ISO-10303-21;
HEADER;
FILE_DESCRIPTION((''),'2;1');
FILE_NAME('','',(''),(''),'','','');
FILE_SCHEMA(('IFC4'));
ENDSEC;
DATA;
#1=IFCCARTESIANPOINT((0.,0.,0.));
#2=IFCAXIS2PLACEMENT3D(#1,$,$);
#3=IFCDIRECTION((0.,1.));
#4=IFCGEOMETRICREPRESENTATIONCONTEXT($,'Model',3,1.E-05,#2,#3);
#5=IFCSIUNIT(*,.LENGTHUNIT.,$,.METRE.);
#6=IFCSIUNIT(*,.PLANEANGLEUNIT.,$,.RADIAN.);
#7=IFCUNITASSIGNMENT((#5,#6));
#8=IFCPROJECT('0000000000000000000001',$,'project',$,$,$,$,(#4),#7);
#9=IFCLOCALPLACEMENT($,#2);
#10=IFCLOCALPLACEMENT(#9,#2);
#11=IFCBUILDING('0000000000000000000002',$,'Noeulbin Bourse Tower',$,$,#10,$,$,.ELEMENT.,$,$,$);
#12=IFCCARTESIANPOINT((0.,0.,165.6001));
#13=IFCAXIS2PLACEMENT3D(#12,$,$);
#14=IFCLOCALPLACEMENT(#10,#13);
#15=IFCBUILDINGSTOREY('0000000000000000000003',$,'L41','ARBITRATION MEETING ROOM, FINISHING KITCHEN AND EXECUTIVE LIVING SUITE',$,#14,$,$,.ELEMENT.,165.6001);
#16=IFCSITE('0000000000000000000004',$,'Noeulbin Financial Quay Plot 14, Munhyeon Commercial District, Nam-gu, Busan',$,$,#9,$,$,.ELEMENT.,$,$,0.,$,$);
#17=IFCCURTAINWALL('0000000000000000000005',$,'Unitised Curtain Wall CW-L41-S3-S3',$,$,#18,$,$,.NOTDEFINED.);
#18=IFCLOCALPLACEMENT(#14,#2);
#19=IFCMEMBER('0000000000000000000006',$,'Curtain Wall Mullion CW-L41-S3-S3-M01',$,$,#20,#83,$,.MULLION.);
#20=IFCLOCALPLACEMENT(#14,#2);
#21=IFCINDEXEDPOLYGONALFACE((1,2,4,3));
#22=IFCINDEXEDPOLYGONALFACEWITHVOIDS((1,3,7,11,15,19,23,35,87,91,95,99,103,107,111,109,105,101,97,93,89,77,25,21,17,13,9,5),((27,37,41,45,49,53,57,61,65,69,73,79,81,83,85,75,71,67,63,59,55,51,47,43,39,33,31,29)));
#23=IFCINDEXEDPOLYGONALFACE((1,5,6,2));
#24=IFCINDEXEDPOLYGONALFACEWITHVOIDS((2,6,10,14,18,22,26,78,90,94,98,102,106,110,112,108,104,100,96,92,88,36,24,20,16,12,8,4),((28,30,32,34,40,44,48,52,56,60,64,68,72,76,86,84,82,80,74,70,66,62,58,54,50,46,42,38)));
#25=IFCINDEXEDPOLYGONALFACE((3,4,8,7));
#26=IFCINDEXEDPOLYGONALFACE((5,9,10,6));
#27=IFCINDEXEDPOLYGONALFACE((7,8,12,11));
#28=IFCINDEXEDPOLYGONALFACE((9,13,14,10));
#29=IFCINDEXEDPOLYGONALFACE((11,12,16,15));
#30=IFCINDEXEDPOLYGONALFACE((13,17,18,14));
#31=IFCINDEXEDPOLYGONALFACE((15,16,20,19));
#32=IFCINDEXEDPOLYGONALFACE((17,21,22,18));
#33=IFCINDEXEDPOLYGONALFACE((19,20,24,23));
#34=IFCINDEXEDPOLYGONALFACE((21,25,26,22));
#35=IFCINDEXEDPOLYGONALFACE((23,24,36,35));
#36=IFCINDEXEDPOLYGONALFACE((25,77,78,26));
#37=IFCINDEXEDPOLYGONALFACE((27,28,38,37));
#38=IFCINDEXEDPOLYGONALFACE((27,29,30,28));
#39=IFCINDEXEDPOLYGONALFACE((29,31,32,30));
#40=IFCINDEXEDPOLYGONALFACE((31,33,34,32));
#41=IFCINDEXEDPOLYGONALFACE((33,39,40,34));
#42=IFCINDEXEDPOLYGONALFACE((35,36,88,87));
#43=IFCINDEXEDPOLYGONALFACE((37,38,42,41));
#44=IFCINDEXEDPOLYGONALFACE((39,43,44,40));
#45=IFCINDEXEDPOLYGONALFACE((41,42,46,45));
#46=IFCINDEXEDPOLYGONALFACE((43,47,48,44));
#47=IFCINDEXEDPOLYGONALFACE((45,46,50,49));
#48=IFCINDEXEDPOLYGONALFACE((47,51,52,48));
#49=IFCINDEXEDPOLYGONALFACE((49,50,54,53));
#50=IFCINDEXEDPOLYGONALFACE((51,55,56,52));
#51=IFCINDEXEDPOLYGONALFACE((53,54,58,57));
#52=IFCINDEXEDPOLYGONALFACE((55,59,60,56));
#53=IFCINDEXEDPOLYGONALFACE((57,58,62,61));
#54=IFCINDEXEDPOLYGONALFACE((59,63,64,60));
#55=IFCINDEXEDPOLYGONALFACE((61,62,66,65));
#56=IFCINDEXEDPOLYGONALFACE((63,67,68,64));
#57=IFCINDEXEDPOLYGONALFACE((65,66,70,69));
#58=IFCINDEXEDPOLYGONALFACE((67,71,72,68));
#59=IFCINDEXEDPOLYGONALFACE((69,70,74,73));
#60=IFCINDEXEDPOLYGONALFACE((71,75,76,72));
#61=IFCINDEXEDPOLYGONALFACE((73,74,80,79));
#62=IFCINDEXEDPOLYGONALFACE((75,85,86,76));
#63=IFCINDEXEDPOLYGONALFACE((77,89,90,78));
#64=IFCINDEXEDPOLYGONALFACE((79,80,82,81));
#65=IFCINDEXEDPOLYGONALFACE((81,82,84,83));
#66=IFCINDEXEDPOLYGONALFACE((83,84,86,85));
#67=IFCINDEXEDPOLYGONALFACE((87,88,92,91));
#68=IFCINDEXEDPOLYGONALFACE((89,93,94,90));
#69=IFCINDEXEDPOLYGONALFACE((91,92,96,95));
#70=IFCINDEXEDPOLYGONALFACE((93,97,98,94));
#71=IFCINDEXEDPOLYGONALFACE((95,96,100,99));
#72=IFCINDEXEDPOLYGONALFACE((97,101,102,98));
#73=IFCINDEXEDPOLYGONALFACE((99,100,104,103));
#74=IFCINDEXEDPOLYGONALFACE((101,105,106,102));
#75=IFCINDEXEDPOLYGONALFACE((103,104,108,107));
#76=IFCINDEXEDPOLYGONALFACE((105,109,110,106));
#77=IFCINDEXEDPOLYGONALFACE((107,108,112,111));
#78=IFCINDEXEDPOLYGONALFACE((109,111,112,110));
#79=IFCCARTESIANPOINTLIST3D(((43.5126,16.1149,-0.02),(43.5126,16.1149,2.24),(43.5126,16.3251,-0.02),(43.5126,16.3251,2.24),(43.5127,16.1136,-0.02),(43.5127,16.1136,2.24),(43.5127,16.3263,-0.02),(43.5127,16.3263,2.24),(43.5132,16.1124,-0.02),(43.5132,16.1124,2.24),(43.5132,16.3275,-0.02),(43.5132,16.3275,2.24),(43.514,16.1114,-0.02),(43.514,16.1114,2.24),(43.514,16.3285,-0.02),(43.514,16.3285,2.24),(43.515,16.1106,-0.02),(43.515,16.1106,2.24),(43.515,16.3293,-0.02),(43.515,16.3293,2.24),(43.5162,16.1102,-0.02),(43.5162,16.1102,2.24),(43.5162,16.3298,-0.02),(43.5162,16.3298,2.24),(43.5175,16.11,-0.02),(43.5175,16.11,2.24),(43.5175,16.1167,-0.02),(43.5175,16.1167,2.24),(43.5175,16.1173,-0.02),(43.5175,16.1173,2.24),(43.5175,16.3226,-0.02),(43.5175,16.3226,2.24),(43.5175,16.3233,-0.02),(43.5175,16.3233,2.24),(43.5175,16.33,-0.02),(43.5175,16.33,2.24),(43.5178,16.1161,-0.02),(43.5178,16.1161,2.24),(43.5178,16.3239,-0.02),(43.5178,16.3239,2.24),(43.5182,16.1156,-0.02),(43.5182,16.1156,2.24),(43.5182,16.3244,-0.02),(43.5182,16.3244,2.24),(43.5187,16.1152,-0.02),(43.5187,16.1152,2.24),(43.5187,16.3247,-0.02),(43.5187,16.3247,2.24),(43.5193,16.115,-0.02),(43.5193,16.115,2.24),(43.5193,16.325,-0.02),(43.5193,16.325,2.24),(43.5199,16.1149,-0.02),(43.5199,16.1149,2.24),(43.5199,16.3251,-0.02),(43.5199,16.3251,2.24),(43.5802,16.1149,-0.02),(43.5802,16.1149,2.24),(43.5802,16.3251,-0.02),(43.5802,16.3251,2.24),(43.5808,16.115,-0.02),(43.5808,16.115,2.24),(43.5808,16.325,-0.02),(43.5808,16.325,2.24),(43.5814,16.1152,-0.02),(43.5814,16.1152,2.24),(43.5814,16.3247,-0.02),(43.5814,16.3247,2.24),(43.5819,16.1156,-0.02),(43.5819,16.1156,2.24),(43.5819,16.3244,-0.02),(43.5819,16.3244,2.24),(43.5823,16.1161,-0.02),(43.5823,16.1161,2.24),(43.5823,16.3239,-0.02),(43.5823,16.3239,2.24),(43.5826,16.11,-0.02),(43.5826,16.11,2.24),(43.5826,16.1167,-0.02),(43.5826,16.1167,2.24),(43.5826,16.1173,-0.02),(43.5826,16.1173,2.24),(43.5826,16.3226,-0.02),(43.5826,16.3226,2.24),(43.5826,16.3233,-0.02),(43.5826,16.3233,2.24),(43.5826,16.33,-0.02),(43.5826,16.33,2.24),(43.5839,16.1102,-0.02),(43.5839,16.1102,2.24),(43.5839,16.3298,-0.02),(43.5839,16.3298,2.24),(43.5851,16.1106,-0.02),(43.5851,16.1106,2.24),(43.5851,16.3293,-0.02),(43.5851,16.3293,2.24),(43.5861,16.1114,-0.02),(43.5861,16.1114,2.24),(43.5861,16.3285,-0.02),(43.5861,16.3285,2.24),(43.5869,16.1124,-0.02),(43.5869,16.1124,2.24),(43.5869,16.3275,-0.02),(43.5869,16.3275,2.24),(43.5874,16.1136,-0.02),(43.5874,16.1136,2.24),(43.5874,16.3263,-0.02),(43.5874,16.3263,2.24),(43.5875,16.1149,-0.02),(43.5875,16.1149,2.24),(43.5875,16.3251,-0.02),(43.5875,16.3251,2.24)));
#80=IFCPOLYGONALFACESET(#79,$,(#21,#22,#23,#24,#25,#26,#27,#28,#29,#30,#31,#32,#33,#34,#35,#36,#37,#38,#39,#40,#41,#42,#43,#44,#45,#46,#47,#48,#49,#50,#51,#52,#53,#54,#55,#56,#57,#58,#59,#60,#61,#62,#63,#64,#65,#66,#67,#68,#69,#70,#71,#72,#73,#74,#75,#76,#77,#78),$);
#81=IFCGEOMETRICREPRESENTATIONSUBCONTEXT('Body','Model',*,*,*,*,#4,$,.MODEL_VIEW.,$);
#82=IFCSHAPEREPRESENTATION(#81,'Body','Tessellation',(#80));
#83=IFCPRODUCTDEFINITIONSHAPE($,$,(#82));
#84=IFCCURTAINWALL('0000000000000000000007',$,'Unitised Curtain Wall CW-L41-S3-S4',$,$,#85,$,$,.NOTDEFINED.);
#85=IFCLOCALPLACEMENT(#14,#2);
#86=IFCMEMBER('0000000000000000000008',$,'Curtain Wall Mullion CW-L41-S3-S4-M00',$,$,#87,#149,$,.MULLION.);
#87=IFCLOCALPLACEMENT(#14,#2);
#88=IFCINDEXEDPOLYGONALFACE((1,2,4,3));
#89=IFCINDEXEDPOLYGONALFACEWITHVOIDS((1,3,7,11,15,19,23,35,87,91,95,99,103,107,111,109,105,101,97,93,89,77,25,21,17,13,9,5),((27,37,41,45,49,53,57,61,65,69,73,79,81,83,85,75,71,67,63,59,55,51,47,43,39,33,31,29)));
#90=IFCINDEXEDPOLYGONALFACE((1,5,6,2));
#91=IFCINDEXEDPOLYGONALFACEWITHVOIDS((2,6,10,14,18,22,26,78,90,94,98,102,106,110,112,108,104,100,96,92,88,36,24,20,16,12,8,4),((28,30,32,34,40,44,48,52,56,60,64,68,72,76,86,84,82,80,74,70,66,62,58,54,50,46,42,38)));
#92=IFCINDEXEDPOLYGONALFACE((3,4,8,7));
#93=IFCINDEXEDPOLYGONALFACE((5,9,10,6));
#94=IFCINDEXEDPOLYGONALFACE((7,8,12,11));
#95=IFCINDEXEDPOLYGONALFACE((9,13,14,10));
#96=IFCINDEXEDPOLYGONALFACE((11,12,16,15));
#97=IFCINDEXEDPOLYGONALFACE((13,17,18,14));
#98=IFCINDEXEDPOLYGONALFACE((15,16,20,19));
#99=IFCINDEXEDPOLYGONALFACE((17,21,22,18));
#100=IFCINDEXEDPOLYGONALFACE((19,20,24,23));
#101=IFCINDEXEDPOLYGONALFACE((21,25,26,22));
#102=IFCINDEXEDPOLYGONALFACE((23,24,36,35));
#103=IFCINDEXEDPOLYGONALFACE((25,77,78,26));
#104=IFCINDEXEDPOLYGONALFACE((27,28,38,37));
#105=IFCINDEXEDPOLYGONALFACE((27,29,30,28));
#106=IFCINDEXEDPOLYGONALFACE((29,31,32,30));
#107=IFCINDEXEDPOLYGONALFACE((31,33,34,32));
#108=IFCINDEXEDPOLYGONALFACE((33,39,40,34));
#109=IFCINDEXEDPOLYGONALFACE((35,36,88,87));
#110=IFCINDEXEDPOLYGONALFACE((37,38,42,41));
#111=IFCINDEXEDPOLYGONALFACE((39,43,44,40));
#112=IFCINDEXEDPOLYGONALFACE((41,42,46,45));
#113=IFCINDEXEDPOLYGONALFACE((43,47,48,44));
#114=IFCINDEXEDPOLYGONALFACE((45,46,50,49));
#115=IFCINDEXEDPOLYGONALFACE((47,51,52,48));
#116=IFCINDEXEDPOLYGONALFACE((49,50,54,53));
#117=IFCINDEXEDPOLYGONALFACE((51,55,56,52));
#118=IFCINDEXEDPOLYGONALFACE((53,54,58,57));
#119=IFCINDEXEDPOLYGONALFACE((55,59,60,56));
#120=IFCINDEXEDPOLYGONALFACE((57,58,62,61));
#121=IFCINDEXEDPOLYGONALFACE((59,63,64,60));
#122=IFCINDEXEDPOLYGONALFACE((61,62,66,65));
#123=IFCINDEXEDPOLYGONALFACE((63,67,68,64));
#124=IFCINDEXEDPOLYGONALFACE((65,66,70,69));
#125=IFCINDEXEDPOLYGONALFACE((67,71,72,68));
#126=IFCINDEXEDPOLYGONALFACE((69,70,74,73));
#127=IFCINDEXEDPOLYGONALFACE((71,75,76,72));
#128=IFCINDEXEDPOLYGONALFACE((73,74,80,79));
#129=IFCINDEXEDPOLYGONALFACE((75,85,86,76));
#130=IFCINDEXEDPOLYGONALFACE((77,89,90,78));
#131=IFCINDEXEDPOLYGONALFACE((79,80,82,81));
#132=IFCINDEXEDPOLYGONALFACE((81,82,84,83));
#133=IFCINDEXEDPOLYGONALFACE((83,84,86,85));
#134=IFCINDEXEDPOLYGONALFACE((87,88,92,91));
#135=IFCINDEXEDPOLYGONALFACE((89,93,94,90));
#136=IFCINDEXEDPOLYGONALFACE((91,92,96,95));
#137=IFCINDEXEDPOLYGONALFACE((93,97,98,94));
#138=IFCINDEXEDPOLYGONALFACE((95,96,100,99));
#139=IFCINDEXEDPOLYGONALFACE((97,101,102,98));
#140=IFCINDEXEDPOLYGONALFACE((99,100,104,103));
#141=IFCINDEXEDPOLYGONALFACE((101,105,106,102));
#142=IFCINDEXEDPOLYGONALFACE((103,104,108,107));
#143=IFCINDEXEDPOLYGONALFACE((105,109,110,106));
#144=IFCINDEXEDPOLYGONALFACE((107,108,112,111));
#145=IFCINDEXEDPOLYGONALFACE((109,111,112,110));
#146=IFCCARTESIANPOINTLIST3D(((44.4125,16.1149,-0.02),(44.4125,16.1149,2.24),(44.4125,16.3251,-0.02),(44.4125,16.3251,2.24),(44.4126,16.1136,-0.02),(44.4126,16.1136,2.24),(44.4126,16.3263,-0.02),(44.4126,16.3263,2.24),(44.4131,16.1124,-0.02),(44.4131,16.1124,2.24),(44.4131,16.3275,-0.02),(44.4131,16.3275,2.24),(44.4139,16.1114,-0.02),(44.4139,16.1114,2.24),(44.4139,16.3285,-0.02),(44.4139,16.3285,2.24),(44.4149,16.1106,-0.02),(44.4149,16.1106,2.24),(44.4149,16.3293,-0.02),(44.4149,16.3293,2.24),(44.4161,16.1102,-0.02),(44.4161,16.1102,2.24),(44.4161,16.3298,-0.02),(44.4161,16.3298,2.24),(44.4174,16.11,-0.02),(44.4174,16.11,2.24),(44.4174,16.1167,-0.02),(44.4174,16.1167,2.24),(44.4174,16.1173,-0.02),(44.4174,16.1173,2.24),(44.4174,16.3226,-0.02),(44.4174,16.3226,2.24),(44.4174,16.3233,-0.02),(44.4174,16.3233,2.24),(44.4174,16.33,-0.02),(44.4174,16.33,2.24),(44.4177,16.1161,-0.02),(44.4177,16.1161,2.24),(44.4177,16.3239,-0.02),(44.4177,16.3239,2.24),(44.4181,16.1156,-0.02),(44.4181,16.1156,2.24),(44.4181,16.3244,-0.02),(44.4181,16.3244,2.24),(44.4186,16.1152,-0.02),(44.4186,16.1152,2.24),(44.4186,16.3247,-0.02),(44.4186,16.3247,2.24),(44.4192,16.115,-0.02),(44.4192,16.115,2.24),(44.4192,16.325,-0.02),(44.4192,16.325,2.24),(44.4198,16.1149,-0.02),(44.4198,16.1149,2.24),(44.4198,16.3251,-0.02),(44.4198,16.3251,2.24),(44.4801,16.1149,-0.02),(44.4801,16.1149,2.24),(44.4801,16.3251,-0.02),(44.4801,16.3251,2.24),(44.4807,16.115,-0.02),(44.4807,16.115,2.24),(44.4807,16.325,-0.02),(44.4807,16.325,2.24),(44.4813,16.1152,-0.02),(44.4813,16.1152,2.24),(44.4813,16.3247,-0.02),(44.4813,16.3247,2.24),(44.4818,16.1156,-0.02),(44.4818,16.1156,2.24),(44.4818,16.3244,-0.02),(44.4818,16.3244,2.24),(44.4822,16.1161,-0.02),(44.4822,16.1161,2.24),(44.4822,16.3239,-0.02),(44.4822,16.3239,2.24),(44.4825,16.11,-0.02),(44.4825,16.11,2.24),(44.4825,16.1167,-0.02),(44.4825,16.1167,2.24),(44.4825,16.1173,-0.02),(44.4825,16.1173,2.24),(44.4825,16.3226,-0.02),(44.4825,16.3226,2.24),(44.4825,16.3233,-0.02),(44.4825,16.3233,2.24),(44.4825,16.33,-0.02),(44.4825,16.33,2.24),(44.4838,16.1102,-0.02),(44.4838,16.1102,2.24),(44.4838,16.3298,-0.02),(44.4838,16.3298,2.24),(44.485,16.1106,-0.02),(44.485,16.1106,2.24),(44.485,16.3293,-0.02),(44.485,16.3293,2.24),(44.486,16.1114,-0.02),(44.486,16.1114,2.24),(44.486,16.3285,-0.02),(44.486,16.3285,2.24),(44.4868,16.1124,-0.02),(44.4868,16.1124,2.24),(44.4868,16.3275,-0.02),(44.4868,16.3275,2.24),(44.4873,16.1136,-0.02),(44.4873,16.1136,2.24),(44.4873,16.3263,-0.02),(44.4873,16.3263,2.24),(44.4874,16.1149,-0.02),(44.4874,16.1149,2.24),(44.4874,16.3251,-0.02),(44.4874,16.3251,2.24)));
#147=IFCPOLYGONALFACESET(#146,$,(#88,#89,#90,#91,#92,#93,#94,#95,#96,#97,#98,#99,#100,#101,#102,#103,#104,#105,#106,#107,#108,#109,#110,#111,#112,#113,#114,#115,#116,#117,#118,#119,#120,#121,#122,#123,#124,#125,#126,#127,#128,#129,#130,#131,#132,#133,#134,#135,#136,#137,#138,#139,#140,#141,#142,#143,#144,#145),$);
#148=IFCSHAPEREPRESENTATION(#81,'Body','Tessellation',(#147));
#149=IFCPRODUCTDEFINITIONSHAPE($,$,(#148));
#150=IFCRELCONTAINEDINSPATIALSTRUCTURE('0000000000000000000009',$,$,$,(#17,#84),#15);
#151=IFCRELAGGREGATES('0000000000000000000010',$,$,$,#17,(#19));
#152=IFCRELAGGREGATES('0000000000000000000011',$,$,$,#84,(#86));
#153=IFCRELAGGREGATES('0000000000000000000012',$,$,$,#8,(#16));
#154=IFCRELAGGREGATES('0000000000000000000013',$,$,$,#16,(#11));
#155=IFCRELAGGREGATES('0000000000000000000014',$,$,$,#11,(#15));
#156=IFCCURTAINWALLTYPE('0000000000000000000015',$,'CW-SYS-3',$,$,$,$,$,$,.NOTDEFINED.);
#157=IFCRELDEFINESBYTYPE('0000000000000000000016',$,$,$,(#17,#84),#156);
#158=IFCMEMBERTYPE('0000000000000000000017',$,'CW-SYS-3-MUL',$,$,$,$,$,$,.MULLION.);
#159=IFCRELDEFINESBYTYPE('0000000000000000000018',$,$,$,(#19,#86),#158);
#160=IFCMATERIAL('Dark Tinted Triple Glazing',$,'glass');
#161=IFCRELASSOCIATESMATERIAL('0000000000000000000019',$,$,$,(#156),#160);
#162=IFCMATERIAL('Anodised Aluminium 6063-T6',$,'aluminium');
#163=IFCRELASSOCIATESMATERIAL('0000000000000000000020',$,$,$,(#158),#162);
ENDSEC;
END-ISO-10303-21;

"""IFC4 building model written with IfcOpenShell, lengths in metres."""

from ifc_helpers import new_model, si_unit, direction, frame, origin, origin_2d, place, context, subcontext, project, spatial, hollow_rectangle, extrude, material, material_profile, profile_set, type_object, element, aggregate, save


model = new_model("IFC4")

# Units and contexts
model_context = context("Model", 3, precision=1e-05, world=origin(), true_north=direction((0.0, 1.0)))
body_context = subcontext(model_context, "Body", "Model", "MODEL_VIEW")
ifc_project = project(units=[si_unit("LENGTHUNIT", "METRE"), si_unit("PLANEANGLEUNIT", "RADIAN")], contexts=[model_context])

# Site, building, storey
site_placement = place(None, origin())
site = spatial("IfcSite", under=ifc_project, at=site_placement, Name="Noeulbin Financial Quay Plot 14, Munhyeon Commercial District, Nam-gu, Busan", CompositionType="ELEMENT", RefElevation=0.0)
building_placement = place(site_placement, origin())
building = spatial("IfcBuilding", under=site, at=building_placement, Name="Noeulbin Bourse Tower", CompositionType="ELEMENT")
storey_placement = place(building_placement, frame((0.0, 0.0, 165.6001)))
storey = spatial("IfcBuildingStorey", under=building, at=storey_placement, Name="L41", Description="ARBITRATION MEETING ROOM, FINISHING KITCHEN AND EXECUTIVE LIVING SUITE", CompositionType="ELEMENT", Elevation=165.6001)

# Curtain wall, member
ifc_material_1 = material(Name="Dark Tinted Triple Glazing", Category="glass")
curtain_wall_type = type_object("IfcCurtainWallType", Name="CW-SYS-3", PredefinedType="NOTDEFINED", material=ifc_material_1)
curtain_wall_1_placement = place(storey_placement, origin())
curtain_wall_1 = element("IfcCurtainWall", 1, at=curtain_wall_1_placement, inside=storey, type_object=curtain_wall_type, Name="Unitised Curtain Wall CW-L41-S3-S3", PredefinedType="NOTDEFINED")
ifc_material_2 = material(Name="Anodised Aluminium 6063-T6", Category="aluminium")
ifc_material_profile_1 = material_profile(ifc_material_2, hollow_rectangle(XDim=0.075, YDim=0.22, WallThickness=0.0049, InnerFilletRadius=0.0024, OuterFilletRadius=0.0049, at=origin_2d()), Name="ALU-MULL-75x220x5", Category="LoadBearing")
ifc_profile_set_1 = profile_set([ifc_material_profile_1], Name="Anodised Aluminium 6063-T6")
member_type_1 = type_object("IfcMemberType", Name="CW-SYS-3-MUL", PredefinedType="MULLION", material=ifc_profile_set_1)
member_1_placement = place(storey_placement, frame((43.55, 16.22, -0.02), z_axis=(0.0, 0.0, 1.0), x_axis=(1.0, 0.0, 0.0)))
member_1 = element("IfcMember", 2, at=member_1_placement, type_object=member_type_1, Name="Curtain Wall Mullion CW-L41-S3-S3-M01", PredefinedType="MULLION", context=body_context, shape_type="SweptSolid", body=[
    extrude(hollow_rectangle(XDim=0.075, YDim=0.22, WallThickness=0.0049, InnerFilletRadius=0.0024, OuterFilletRadius=0.0049, at=origin_2d()), origin(), (0.0, 0.0, 1.0), 2.26),
])

# Curtain wall, member
curtain_wall_2_placement = place(storey_placement, origin())
curtain_wall_2 = element("IfcCurtainWall", 3, at=curtain_wall_2_placement, inside=storey, type_object=curtain_wall_type, Name="Unitised Curtain Wall CW-L41-S3-S4", PredefinedType="NOTDEFINED")
member_2_placement = place(storey_placement, frame((44.45, 16.22, -0.02), z_axis=(0.0, 0.0, 1.0), x_axis=(1.0, 0.0, 0.0)))
member_2 = element("IfcMember", 4, at=member_2_placement, type_object=member_type_1, Name="Curtain Wall Mullion CW-L41-S3-S4-M00", PredefinedType="MULLION", context=body_context, shape_type="SweptSolid", body=[
    extrude(hollow_rectangle(XDim=0.075, YDim=0.22, WallThickness=0.0049, InnerFilletRadius=0.0024, OuterFilletRadius=0.0049, at=origin_2d()), origin(), (0.0, 0.0, 1.0), 2.26),
])

aggregate(curtain_wall_1, [member_1])
aggregate(curtain_wall_2, [member_2])

save(model, "model.ifc")
